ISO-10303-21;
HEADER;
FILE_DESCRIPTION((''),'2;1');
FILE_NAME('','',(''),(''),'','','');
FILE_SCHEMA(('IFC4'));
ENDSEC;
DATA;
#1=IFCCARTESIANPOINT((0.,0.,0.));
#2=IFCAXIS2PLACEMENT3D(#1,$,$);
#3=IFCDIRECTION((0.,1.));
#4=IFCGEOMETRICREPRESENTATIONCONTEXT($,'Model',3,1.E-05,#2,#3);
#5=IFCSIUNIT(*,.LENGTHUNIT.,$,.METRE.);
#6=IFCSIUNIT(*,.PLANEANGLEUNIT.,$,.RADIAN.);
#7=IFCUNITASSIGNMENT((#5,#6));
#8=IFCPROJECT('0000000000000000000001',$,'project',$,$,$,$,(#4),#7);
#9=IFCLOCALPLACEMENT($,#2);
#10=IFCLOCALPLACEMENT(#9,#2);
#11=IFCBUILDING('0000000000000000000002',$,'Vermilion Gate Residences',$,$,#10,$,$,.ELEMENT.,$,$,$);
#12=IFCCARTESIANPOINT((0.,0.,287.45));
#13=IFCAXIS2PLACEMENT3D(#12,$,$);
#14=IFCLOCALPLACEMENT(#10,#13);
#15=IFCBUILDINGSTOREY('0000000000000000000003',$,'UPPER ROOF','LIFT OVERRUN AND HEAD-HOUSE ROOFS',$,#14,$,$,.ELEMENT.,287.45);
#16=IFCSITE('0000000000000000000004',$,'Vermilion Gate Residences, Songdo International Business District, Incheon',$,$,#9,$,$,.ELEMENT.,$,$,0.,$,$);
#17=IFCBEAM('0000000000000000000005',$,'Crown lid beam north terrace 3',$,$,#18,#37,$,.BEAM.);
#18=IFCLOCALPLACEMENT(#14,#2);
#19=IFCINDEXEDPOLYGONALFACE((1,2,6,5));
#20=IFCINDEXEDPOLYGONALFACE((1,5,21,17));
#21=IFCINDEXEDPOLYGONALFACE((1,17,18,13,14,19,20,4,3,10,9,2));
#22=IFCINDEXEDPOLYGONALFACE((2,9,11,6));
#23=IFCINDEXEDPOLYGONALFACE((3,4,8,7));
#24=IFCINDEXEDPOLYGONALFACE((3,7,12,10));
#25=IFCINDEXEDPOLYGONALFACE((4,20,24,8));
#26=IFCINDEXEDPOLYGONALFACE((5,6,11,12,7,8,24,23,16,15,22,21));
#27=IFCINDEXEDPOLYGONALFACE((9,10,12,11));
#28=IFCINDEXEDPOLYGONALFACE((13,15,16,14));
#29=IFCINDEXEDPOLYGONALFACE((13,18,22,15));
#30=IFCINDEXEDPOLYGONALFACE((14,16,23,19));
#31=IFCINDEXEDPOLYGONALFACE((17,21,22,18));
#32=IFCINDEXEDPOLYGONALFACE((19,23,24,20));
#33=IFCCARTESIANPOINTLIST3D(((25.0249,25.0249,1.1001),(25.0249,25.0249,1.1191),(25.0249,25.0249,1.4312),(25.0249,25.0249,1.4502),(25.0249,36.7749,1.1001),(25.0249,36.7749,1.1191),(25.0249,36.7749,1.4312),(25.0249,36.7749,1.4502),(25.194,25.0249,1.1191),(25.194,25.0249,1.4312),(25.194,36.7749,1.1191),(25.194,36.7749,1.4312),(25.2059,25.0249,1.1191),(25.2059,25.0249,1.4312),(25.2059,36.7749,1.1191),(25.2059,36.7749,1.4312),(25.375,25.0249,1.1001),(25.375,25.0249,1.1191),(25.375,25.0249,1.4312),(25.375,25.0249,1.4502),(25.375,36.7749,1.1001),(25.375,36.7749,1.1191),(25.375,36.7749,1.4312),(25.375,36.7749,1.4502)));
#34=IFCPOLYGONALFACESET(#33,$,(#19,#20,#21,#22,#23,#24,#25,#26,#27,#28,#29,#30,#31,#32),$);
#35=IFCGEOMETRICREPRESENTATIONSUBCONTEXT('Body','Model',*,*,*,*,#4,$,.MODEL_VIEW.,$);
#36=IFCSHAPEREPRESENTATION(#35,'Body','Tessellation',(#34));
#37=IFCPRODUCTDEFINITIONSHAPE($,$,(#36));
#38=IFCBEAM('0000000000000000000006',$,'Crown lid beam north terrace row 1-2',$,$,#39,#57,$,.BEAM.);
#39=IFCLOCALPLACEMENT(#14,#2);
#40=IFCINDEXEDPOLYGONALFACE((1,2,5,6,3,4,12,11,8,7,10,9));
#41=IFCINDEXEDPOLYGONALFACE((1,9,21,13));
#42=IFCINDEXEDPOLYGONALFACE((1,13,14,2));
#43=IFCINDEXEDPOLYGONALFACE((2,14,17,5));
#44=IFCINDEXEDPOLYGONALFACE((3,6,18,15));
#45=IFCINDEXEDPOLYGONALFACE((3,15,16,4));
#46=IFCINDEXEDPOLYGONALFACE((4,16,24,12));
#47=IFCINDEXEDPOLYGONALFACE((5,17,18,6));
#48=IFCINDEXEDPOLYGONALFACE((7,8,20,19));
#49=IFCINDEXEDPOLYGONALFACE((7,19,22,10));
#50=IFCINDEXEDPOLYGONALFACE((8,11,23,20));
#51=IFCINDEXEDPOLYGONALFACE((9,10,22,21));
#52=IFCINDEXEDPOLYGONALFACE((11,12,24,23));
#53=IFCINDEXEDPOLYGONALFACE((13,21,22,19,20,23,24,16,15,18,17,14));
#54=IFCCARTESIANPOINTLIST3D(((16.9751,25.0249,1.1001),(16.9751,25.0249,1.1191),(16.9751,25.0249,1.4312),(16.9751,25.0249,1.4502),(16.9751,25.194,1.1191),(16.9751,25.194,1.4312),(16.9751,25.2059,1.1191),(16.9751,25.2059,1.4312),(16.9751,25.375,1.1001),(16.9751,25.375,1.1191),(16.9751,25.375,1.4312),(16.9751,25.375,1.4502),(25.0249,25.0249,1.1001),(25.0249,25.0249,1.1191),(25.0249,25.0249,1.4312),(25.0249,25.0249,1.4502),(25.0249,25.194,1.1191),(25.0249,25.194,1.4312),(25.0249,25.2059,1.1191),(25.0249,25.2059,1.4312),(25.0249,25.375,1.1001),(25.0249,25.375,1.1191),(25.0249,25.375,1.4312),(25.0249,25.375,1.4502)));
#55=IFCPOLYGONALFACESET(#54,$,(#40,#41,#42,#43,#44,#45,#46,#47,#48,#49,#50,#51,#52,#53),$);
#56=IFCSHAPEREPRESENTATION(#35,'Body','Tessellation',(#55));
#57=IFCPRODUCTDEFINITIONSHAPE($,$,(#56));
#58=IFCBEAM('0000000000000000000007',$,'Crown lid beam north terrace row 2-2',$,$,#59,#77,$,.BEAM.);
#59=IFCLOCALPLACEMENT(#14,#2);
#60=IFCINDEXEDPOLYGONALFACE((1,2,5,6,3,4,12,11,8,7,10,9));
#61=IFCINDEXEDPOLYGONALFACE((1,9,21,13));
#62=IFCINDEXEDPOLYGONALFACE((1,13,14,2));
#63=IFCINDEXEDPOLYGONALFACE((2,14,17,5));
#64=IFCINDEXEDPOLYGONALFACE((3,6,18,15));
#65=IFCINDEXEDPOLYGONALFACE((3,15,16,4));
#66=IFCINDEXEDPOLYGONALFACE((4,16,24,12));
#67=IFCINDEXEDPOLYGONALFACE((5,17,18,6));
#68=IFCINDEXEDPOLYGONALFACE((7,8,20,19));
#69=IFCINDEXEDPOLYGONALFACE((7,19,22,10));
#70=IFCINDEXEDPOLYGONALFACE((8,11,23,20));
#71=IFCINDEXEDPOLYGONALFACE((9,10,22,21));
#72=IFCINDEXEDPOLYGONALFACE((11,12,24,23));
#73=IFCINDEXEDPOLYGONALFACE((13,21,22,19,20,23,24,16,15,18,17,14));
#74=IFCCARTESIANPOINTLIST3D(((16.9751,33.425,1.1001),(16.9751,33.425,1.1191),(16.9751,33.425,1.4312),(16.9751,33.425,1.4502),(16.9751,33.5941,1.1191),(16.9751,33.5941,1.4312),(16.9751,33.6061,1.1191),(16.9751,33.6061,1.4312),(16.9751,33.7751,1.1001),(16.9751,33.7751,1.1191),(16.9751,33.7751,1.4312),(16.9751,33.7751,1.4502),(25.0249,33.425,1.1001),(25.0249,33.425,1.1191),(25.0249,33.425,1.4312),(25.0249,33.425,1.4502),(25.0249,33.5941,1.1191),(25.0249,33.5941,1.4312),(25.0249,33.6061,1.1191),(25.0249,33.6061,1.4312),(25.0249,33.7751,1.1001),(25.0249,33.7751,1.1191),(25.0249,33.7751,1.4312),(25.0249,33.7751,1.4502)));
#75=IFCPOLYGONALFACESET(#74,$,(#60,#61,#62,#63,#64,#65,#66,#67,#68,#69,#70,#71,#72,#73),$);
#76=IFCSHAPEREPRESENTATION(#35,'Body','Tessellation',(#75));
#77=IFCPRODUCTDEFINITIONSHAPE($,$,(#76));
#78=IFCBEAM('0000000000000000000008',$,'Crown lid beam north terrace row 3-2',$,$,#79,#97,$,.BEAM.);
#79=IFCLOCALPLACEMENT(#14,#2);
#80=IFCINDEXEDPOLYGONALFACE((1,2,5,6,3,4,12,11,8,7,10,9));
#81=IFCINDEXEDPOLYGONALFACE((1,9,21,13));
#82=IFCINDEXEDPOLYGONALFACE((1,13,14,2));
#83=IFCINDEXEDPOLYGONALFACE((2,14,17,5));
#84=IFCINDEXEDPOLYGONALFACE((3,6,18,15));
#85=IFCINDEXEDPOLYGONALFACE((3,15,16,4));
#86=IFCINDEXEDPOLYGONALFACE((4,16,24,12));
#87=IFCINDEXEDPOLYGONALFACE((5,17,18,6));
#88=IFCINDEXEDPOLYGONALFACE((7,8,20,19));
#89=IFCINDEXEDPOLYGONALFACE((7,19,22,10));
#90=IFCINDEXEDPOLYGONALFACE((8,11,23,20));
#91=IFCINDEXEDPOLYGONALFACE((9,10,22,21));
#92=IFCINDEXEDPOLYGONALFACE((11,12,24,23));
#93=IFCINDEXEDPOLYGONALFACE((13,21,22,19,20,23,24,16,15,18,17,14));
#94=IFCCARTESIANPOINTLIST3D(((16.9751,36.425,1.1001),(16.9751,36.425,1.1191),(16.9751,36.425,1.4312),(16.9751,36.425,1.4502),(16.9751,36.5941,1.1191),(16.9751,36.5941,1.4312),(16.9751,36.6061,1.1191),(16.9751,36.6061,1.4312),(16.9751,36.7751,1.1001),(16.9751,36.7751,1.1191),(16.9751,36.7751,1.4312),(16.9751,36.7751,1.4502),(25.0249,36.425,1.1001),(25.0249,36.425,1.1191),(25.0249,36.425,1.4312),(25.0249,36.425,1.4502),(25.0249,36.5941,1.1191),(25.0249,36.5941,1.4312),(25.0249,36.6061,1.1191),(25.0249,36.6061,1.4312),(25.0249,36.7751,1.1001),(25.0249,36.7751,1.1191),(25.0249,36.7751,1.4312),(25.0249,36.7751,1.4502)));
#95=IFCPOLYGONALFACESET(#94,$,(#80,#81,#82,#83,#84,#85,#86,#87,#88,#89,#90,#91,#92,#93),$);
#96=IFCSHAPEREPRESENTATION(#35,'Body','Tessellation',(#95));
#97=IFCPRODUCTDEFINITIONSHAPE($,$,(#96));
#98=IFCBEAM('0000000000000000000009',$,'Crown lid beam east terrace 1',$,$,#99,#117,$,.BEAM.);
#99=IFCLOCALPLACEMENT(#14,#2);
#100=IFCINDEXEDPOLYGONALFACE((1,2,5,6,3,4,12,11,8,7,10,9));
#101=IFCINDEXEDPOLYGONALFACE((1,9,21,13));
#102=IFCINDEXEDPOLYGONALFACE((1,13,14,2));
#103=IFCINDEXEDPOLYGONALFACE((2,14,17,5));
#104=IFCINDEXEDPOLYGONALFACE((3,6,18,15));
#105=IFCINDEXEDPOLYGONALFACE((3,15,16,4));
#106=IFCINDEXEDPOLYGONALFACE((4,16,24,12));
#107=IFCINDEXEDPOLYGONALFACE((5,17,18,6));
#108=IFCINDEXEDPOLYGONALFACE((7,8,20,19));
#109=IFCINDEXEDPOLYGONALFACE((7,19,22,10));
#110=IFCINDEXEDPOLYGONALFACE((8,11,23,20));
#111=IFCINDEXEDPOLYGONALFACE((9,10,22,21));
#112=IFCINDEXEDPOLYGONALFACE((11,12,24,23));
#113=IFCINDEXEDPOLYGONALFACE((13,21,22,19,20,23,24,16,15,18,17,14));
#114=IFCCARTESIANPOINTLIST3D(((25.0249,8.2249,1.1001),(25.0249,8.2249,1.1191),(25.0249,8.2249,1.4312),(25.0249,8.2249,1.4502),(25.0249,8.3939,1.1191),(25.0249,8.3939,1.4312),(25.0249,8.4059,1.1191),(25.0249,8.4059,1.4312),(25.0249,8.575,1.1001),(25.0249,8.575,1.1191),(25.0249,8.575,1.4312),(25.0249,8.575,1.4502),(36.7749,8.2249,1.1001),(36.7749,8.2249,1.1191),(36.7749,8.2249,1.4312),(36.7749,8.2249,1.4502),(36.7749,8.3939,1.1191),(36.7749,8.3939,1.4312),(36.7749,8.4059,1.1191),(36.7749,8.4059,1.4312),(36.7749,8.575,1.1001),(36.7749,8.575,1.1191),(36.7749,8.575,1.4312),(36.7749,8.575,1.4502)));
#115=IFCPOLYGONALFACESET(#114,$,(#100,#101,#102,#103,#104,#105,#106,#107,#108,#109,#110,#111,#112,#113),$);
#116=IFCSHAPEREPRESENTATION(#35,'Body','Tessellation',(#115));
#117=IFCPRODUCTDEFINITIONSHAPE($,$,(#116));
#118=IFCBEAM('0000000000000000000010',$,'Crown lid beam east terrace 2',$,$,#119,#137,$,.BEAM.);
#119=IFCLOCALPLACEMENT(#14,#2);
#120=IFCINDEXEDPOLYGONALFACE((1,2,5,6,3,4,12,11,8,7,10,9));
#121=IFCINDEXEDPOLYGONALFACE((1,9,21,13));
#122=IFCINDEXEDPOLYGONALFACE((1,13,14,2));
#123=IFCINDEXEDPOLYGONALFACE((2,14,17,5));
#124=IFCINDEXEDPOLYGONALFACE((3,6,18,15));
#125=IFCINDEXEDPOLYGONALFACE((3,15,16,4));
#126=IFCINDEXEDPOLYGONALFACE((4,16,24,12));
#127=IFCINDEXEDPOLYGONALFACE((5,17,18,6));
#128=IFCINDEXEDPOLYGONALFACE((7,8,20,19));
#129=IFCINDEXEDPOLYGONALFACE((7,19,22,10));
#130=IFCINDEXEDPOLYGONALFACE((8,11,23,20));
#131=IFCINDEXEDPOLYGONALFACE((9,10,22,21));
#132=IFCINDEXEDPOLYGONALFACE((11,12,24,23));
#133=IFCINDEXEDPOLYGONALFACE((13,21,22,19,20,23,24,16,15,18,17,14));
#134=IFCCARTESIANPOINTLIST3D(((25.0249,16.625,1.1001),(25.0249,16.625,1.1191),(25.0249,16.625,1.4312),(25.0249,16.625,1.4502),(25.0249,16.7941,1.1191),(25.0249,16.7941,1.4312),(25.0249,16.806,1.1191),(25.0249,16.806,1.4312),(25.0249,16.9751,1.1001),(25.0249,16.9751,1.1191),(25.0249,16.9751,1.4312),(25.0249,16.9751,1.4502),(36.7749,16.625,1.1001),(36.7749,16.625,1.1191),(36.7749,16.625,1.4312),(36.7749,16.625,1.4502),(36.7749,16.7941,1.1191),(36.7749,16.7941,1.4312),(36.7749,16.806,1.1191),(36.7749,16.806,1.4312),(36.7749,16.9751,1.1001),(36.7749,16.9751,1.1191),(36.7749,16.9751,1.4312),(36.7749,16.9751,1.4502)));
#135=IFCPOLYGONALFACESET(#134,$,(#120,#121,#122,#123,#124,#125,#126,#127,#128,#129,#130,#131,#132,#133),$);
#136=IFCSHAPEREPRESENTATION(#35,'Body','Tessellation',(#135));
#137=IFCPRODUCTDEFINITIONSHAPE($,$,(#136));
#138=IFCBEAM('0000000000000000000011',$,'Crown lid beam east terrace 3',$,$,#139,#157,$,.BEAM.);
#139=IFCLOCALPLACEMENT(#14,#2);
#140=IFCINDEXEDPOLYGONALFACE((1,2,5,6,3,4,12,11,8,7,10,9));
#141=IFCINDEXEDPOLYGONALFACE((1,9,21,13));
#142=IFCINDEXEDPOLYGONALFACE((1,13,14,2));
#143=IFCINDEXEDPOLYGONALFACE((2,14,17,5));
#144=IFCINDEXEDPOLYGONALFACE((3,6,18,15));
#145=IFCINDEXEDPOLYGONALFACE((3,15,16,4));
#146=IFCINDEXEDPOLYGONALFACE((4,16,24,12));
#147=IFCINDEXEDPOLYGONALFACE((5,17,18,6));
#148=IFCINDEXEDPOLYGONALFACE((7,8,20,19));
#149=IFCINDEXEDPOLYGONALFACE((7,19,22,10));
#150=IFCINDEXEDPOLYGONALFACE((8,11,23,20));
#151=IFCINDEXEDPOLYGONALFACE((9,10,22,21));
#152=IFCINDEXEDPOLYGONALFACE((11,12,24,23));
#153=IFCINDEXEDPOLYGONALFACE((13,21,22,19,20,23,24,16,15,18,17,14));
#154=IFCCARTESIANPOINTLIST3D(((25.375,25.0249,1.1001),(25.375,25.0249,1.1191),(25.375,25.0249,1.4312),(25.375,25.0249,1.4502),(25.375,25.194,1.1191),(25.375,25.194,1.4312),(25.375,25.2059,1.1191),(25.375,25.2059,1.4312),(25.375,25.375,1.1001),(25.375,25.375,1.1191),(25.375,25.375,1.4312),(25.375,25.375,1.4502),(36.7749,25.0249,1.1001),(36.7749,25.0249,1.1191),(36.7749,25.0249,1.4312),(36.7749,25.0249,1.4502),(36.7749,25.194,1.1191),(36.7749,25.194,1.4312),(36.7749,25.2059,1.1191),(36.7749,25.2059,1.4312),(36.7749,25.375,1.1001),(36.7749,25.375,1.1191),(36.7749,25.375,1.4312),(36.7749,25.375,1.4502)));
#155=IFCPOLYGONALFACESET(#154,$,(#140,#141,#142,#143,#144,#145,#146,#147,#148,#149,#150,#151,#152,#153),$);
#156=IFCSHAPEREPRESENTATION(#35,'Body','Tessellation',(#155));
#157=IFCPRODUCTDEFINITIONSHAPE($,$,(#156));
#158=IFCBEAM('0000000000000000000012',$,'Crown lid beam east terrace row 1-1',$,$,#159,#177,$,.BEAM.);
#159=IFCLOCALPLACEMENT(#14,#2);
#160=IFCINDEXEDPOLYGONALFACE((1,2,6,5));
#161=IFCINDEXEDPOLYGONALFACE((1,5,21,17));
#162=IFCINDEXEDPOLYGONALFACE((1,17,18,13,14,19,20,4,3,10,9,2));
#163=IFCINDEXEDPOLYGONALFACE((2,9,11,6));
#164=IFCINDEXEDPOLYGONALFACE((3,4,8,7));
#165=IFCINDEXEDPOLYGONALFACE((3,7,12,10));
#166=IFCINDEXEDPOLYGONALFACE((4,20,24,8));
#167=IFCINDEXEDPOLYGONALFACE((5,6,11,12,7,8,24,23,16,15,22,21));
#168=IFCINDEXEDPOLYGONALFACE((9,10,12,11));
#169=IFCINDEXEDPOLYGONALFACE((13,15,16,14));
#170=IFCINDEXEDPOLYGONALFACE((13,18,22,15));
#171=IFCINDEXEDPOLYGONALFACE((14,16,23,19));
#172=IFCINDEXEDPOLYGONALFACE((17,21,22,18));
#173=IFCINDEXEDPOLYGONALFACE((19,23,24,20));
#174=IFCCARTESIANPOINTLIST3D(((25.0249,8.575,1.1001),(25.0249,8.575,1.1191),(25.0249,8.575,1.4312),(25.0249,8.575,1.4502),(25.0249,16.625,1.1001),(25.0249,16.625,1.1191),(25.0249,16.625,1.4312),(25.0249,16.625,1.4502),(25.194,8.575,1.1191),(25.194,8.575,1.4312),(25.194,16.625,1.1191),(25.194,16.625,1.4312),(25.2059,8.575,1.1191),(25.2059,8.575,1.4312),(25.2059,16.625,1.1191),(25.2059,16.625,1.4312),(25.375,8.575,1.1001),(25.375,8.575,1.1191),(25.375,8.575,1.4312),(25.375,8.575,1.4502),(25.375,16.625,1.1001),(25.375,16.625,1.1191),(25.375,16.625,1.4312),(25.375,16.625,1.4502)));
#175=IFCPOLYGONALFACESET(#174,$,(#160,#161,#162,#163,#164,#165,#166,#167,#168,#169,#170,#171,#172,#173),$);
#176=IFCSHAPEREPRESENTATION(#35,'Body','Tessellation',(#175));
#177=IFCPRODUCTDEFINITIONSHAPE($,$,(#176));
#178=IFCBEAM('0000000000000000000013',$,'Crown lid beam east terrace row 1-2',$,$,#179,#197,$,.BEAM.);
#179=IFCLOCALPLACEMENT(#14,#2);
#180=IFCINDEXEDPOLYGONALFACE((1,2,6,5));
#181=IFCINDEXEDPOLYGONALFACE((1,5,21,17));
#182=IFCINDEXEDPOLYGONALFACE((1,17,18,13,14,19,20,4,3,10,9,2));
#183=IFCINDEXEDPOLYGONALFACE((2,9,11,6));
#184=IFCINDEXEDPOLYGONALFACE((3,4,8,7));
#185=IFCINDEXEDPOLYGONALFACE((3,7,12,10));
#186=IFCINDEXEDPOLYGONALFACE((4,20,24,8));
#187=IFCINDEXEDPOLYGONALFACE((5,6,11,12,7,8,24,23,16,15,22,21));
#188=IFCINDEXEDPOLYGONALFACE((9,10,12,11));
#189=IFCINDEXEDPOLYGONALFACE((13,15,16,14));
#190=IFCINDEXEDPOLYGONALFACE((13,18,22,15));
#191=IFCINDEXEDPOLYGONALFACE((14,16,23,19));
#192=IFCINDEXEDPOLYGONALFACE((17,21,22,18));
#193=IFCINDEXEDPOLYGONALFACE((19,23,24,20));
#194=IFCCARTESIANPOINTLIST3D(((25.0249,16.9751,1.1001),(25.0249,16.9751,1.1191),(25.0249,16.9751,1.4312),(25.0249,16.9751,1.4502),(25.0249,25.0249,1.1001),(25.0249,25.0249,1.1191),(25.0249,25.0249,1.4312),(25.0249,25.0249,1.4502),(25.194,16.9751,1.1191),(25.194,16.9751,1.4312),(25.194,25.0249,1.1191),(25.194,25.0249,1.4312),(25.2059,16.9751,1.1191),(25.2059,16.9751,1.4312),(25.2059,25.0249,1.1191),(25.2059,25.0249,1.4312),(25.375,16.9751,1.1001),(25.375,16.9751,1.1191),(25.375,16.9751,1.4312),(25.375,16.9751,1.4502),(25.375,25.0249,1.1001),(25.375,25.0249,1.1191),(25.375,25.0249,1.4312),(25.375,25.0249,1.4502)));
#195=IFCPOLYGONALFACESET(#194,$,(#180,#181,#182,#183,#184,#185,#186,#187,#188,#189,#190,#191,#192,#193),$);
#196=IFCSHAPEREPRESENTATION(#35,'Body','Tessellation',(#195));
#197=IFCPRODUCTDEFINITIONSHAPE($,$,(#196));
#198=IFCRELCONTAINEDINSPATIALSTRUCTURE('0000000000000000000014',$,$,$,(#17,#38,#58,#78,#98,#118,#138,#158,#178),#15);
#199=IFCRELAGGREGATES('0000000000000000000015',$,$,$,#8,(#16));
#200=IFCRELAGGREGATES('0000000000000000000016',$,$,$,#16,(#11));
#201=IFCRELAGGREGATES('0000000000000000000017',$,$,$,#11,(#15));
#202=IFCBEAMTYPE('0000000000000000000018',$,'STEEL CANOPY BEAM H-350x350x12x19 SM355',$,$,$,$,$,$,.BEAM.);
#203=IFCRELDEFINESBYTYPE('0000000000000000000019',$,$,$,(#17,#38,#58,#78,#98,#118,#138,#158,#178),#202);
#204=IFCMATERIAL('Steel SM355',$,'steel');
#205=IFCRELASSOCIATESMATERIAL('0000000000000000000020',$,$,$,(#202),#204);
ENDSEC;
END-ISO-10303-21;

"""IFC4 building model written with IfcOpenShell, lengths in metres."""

from ifc_helpers import new_model, si_unit, direction, frame, origin, origin_2d, place, context, subcontext, project, spatial, i_section, extrude, material, material_profile, profile_set, type_object, element, save


model = new_model("IFC4")

# Units and contexts
model_context = context("Model", 3, precision=1e-05, world=origin(), true_north=direction((0.0, 1.0)))
body_context = subcontext(model_context, "Body", "Model", "MODEL_VIEW")
ifc_project = project(units=[si_unit("LENGTHUNIT", "METRE"), si_unit("PLANEANGLEUNIT", "RADIAN")], contexts=[model_context])

# Site, building, storey
site_placement = place(None, origin())
site = spatial("IfcSite", under=ifc_project, at=site_placement, Name="Vermilion Gate Residences, Songdo International Business District, Incheon", CompositionType="ELEMENT", RefElevation=0.0)
building_placement = place(site_placement, origin())
building = spatial("IfcBuilding", under=site, at=building_placement, Name="Vermilion Gate Residences", CompositionType="ELEMENT")
storey_placement = place(building_placement, frame((0.0, 0.0, 287.45)))
storey = spatial("IfcBuildingStorey", under=building, at=storey_placement, Name="UPPER ROOF", Description="LIFT OVERRUN AND HEAD-HOUSE ROOFS", CompositionType="ELEMENT", Elevation=287.45)

# Beams
ifc_material_1 = material(Name="Steel SM355", Category="steel")
ifc_material_profile = material_profile(ifc_material_1, i_section(OverallWidth=0.3501, OverallDepth=0.3501, WebThickness=0.012, FlangeThickness=0.019, at=origin_2d()), Name="H-350x350x12x19")
ifc_profile_set = profile_set([ifc_material_profile], Name="Steel SM355")
beam_type = type_object("IfcBeamType", Name="STEEL CANOPY BEAM H-350x350x12x19 SM355", PredefinedType="BEAM", material=ifc_profile_set)
beam_1_placement = place(storey_placement, frame((25.2, 25.0249, 1.2751), z_axis=(0.0, 1.0, 0.0), x_axis=(-1.0, 0.0, 0.0)))
element("IfcBeam", 1, at=beam_1_placement, inside=storey, type_object=beam_type, Name="Crown lid beam north terrace 3", PredefinedType="BEAM", context=body_context, shape_type="SweptSolid", body=[
    extrude(i_section(OverallWidth=0.3501, OverallDepth=0.3501, WebThickness=0.012, FlangeThickness=0.019, at=origin_2d()), origin(), (0.0, 0.0, 1.0), 11.75),
])
for number, where, z_axis, x_axis, name in (
    (2, (16.9751, 25.2, 1.2751), (1.0, 0.0, 0.0), (0.0, 1.0, 0.0), "Crown lid beam north terrace row 1-2"),
    (3, (16.9751, 33.6001, 1.2751), (1.0, 0.0, 0.0), (0.0, 1.0, 0.0), "Crown lid beam north terrace row 2-2"),
    (4, (16.9751, 36.6001, 1.2751), (1.0, 0.0, 0.0), (0.0, 1.0, 0.0), "Crown lid beam north terrace row 3-2"),
):
    element("IfcBeam", number, at=place(storey_placement, frame(where, z_axis=z_axis, x_axis=x_axis)), inside=storey, type_object=beam_type, Name=name, PredefinedType="BEAM", context=body_context, shape_type="SweptSolid", body=[
        extrude(i_section(OverallWidth=0.3501, OverallDepth=0.3501, WebThickness=0.012, FlangeThickness=0.019, at=origin_2d()), origin(), (0.0, 0.0, 1.0), 8.0498),
    ])
for number, where, z_axis, x_axis, name in (
    (5, (25.0249, 8.3999, 1.2751), (1.0, 0.0, 0.0), (0.0, 1.0, 0.0), "Crown lid beam east terrace 1"),
    (6, (25.0249, 16.8, 1.2751), (1.0, 0.0, 0.0), (0.0, 1.0, 0.0), "Crown lid beam east terrace 2"),
):
    element("IfcBeam", number, at=place(storey_placement, frame(where, z_axis=z_axis, x_axis=x_axis)), inside=storey, type_object=beam_type, Name=name, PredefinedType="BEAM", context=body_context, shape_type="SweptSolid", body=[
        extrude(i_section(OverallWidth=0.3501, OverallDepth=0.3501, WebThickness=0.012, FlangeThickness=0.019, at=origin_2d()), origin(), (0.0, 0.0, 1.0), 11.75),
    ])
beam_2_placement = place(storey_placement, frame((25.375, 25.2, 1.2751), z_axis=(1.0, 0.0, 0.0), x_axis=(0.0, 1.0, 0.0)))
element("IfcBeam", 7, at=beam_2_placement, inside=storey, type_object=beam_type, Name="Crown lid beam east terrace 3", PredefinedType="BEAM", context=body_context, shape_type="SweptSolid", body=[
    extrude(i_section(OverallWidth=0.3501, OverallDepth=0.3501, WebThickness=0.012, FlangeThickness=0.019, at=origin_2d()), origin(), (0.0, 0.0, 1.0), 11.3999),
])
beam_3_placement = place(storey_placement, frame((25.2, 8.575, 1.2751), z_axis=(0.0, 1.0, 0.0), x_axis=(-1.0, 0.0, 0.0)))
element("IfcBeam", 8, at=beam_3_placement, inside=storey, type_object=beam_type, Name="Crown lid beam east terrace row 1-1", PredefinedType="BEAM", context=body_context, shape_type="SweptSolid", body=[
    extrude(i_section(OverallWidth=0.3501, OverallDepth=0.3501, WebThickness=0.012, FlangeThickness=0.019, at=origin_2d()), origin(), (0.0, 0.0, 1.0), 8.05),
])
beam_4_placement = place(storey_placement, frame((25.2, 16.9751, 1.2751), z_axis=(0.0, 1.0, 0.0), x_axis=(-1.0, 0.0, 0.0)))
element("IfcBeam", 9, at=beam_4_placement, inside=storey, type_object=beam_type, Name="Crown lid beam east terrace row 1-2", PredefinedType="BEAM", context=body_context, shape_type="SweptSolid", body=[
    extrude(i_section(OverallWidth=0.3501, OverallDepth=0.3501, WebThickness=0.012, FlangeThickness=0.019, at=origin_2d()), origin(), (0.0, 0.0, 1.0), 8.0498),
])

save(model, "model.ifc")
